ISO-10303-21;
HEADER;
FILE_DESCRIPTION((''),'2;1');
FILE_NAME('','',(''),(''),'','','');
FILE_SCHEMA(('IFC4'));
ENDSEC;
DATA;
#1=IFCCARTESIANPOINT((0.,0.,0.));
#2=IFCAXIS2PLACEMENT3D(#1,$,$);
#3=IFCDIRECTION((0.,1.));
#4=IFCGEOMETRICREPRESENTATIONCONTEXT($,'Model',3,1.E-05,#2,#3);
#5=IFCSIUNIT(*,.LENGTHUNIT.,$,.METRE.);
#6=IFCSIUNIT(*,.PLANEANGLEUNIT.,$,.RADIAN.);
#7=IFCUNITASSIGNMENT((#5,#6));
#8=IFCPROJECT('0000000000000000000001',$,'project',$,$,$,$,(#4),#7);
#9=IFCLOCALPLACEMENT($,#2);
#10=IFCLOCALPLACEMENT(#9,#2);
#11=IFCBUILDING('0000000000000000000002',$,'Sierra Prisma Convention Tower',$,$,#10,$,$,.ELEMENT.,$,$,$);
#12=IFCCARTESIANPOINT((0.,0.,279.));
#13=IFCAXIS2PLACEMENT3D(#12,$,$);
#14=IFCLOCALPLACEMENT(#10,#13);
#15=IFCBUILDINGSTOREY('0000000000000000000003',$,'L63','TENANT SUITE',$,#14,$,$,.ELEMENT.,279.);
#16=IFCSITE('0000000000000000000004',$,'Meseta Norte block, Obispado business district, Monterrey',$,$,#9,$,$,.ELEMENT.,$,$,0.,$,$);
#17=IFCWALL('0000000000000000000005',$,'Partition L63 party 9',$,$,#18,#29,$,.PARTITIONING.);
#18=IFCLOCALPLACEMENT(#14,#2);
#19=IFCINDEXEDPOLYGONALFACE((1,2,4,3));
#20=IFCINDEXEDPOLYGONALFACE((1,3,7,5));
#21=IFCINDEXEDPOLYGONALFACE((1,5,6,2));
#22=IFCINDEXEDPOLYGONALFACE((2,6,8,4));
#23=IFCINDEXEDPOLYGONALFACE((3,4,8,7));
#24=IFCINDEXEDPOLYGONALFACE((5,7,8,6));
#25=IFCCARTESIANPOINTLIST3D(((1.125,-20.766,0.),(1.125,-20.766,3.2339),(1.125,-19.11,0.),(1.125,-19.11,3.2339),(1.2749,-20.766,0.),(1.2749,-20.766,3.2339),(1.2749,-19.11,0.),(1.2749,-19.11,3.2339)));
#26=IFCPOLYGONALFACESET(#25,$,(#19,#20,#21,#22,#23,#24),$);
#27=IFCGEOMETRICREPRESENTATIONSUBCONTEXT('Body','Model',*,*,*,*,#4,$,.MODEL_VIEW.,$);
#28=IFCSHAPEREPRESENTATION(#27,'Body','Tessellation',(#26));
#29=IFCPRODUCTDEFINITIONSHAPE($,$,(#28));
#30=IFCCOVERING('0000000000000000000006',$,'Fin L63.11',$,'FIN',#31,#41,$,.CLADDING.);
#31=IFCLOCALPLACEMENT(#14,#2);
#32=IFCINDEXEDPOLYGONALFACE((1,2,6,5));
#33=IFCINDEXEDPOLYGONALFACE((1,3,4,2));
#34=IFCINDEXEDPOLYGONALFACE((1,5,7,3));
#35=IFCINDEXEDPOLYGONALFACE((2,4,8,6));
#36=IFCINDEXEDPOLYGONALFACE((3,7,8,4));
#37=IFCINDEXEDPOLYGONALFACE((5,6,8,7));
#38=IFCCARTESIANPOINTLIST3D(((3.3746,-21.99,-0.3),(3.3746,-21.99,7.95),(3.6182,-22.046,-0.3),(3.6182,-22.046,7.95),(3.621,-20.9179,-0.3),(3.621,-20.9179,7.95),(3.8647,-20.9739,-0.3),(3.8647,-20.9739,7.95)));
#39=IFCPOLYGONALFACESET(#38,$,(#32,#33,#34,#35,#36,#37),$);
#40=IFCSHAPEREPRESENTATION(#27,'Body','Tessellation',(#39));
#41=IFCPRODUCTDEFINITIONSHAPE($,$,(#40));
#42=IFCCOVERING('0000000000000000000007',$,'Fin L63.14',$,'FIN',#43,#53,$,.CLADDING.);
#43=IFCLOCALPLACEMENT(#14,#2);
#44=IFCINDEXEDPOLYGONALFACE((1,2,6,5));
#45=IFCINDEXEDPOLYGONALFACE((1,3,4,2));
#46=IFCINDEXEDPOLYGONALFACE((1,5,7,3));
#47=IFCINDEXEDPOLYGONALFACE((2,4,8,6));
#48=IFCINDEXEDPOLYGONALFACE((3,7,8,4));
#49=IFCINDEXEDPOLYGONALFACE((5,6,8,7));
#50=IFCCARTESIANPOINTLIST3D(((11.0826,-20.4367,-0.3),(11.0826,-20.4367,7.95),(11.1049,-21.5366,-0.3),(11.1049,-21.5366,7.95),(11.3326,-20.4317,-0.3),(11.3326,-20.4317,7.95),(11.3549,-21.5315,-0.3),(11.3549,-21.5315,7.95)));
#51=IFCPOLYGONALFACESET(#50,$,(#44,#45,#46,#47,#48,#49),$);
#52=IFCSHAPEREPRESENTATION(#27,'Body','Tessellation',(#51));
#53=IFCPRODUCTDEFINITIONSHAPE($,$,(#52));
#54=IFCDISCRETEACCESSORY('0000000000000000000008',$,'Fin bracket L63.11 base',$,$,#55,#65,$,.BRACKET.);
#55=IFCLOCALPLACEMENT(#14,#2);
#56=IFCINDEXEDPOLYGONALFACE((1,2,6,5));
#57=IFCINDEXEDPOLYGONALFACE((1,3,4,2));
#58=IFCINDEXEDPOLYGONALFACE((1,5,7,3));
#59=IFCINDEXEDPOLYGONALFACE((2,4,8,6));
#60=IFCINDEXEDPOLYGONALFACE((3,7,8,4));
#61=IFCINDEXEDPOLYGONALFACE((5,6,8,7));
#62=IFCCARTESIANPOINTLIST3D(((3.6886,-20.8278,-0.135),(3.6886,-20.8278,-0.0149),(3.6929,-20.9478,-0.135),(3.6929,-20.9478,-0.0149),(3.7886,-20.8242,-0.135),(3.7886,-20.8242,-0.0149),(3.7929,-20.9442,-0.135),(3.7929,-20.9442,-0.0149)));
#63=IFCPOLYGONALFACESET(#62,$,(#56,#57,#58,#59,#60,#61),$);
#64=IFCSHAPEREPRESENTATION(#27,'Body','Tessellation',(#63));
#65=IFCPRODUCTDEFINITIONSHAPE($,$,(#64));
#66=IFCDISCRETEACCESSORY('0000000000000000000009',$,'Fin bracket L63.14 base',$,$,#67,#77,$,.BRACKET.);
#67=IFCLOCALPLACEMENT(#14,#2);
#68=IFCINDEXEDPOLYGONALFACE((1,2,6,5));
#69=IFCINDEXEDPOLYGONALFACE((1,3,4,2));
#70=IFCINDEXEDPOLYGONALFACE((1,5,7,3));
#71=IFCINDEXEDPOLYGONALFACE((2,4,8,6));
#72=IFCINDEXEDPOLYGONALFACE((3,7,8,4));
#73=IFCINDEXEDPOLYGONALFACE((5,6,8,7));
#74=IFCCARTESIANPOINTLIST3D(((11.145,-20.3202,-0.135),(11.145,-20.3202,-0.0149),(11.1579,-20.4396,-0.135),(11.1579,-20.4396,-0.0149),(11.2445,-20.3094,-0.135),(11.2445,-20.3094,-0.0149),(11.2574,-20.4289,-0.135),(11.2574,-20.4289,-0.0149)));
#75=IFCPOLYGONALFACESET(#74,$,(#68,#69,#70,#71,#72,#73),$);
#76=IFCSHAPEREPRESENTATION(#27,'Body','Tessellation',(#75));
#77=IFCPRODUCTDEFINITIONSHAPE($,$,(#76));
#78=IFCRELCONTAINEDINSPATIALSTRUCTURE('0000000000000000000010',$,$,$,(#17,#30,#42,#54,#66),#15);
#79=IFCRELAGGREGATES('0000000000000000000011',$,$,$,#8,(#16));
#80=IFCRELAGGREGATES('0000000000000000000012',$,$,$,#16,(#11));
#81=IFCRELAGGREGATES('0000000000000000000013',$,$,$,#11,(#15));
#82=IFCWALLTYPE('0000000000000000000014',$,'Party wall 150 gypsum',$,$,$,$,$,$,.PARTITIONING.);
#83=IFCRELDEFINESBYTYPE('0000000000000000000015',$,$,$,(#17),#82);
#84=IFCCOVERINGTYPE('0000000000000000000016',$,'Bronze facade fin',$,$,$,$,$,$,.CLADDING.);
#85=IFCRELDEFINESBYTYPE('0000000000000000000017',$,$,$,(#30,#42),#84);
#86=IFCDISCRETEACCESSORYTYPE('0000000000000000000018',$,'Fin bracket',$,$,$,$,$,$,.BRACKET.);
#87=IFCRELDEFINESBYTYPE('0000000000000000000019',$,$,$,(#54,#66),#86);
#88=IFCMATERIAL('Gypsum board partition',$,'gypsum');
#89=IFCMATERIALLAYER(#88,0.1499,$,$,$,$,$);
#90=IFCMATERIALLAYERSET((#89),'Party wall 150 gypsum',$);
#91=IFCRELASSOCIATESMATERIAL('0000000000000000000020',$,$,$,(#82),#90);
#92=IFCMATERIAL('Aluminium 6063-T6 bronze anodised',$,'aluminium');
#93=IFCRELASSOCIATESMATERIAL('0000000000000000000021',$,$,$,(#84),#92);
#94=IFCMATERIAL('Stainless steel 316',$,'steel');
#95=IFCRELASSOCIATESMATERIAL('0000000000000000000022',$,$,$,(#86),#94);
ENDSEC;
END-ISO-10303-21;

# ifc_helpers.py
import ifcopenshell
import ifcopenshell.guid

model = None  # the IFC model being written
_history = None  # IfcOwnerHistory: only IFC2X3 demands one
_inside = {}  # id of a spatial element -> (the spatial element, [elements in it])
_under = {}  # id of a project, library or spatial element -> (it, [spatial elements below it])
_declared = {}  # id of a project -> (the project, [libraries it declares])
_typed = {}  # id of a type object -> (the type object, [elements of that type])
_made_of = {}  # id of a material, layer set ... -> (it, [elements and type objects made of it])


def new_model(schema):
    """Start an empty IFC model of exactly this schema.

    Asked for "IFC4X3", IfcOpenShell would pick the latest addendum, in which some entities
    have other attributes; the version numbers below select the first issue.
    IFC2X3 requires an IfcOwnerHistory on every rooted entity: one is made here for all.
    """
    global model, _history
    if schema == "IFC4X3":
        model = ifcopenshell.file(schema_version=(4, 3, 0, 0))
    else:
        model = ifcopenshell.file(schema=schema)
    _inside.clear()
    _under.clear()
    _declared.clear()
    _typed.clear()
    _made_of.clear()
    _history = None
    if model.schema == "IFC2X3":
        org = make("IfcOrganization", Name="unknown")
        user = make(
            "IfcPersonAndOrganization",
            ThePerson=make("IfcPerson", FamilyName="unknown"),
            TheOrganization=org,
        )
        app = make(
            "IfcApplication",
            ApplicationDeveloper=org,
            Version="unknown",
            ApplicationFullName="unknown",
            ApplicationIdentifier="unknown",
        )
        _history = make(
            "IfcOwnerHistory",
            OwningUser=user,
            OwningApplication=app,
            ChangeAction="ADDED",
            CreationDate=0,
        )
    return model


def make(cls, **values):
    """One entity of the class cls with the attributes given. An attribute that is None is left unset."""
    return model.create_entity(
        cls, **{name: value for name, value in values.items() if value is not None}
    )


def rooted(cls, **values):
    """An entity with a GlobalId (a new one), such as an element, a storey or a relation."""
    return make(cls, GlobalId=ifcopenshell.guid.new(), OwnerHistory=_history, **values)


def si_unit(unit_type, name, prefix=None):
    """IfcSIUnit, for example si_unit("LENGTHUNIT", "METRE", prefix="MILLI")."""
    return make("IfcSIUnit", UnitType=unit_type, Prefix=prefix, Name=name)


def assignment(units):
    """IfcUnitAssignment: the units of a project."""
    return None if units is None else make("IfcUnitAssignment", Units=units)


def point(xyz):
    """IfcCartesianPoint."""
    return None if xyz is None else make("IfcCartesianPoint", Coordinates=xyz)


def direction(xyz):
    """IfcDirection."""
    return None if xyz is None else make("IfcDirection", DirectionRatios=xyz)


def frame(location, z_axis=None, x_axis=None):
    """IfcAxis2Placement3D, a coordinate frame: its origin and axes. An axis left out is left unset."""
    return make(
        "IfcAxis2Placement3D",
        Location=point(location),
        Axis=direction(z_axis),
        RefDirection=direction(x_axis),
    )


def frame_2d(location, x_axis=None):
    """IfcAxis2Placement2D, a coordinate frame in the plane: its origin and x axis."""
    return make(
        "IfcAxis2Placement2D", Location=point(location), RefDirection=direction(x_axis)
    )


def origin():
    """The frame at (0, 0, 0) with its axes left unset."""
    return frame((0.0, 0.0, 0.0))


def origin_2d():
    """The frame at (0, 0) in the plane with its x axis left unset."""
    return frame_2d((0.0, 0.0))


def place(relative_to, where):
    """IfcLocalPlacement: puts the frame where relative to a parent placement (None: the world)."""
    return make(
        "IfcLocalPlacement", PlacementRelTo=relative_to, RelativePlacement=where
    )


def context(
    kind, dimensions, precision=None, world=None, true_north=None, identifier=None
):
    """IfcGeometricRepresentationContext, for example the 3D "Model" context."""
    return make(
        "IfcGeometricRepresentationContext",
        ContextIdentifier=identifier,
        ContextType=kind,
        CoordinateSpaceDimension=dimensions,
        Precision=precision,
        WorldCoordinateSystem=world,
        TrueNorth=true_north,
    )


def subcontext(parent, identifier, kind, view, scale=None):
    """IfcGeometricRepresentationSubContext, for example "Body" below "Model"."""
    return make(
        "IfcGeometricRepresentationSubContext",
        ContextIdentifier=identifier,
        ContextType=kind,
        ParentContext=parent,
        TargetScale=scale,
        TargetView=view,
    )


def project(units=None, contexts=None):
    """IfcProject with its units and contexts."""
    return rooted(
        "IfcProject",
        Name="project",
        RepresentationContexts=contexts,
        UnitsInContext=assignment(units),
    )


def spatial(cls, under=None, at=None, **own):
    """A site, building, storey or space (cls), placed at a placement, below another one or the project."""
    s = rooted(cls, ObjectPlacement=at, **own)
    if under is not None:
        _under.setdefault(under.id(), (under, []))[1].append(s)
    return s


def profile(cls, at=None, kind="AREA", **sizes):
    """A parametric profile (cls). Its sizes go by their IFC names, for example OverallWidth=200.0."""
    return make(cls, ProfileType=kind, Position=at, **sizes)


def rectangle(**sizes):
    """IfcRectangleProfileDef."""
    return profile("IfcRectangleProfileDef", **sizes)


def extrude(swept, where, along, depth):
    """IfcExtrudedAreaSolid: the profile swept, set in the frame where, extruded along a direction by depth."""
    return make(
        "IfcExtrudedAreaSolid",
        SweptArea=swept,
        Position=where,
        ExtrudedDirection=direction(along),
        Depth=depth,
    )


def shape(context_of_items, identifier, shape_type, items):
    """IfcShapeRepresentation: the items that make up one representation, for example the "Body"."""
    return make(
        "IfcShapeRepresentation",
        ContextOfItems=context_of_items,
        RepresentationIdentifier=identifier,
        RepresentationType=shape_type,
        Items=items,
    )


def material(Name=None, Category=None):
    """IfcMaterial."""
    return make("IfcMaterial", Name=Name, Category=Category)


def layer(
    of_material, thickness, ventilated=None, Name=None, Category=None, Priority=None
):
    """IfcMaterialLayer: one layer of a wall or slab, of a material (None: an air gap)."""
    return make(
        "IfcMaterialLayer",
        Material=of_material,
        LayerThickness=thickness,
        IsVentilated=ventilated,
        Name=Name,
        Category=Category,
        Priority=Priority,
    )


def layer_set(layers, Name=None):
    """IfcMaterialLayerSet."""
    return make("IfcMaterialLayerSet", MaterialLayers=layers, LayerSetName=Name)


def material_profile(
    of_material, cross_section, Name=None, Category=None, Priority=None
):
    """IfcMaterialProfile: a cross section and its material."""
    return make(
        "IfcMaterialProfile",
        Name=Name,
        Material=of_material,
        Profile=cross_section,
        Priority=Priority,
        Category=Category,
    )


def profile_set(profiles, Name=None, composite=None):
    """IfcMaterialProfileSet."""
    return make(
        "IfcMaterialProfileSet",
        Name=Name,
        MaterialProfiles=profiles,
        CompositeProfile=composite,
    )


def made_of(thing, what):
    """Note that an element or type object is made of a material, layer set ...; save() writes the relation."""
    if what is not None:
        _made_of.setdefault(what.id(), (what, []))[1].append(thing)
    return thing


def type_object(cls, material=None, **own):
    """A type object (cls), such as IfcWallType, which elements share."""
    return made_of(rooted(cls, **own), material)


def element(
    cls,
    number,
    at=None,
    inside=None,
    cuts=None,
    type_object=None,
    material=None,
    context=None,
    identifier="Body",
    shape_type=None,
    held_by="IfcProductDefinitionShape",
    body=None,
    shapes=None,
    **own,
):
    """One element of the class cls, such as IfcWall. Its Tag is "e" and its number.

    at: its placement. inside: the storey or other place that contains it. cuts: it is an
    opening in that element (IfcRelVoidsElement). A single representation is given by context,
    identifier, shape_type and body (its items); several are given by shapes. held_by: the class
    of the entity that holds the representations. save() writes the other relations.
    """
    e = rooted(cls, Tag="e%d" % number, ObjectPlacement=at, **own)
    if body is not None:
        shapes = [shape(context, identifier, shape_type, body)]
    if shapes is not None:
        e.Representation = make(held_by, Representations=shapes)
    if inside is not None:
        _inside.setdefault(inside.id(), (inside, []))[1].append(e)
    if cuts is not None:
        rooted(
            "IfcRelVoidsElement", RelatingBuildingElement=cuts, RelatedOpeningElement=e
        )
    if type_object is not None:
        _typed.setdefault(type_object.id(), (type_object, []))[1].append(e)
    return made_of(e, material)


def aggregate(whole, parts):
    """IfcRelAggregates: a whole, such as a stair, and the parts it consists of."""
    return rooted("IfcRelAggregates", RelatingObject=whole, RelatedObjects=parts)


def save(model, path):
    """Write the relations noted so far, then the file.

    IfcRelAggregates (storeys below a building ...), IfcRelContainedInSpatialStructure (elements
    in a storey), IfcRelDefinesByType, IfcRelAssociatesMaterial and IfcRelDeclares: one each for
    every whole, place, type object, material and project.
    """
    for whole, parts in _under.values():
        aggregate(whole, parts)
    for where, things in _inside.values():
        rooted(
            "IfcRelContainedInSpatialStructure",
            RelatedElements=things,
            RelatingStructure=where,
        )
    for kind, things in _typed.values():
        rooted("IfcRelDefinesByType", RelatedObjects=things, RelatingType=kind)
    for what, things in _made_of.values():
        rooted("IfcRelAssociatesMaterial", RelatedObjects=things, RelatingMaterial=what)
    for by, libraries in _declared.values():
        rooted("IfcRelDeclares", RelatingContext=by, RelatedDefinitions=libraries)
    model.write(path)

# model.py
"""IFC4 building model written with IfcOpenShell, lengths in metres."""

from ifc_helpers import new_model, si_unit, direction, frame, frame_2d, origin, origin_2d, place, context, subcontext, project, spatial, rectangle, extrude, material, layer, layer_set, material_profile, profile_set, type_object, element, save


model = new_model("IFC4")

# Units and contexts
model_context = context("Model", 3, precision=1e-05, world=origin(), true_north=direction((0.0, 1.0)))
body_context = subcontext(model_context, "Body", "Model", "MODEL_VIEW")
ifc_project = project(units=[si_unit("LENGTHUNIT", "METRE"), si_unit("PLANEANGLEUNIT", "RADIAN")], contexts=[model_context])

# Site, building, storey
site_placement = place(None, origin())
site = spatial("IfcSite", under=ifc_project, at=site_placement, Name="Meseta Norte block, Obispado business district, Monterrey", CompositionType="ELEMENT", RefElevation=0.0)
building_placement = place(site_placement, origin())
building = spatial("IfcBuilding", under=site, at=building_placement, Name="Sierra Prisma Convention Tower", CompositionType="ELEMENT")
storey_placement = place(building_placement, frame((0.0, 0.0, 279.0)))
storey = spatial("IfcBuildingStorey", under=building, at=storey_placement, Name="L63", Description="TENANT SUITE", CompositionType="ELEMENT", Elevation=279.0)

# Wall
ifc_material_1 = material(Name="Gypsum board partition", Category="gypsum")
ifc_layer_1 = layer(ifc_material_1, 0.1499)
ifc_layer_set_1 = layer_set([ifc_layer_1], Name="Party wall 150 gypsum")
wall_type_1 = type_object("IfcWallType", Name="Party wall 150 gypsum", PredefinedType="PARTITIONING", material=ifc_layer_set_1)
wall_1_placement = place(storey_placement, frame((1.2, -19.1099, 0.0), z_axis=(0.0, 0.0, 1.0), x_axis=(0.0, -1.0, 0.0)))
element("IfcWall", 1, at=wall_1_placement, inside=storey, type_object=wall_type_1, Name="Partition L63 party 9", PredefinedType="PARTITIONING", context=body_context, shape_type="SweptSolid", body=[
    extrude(rectangle(XDim=1.656, YDim=0.1499, at=frame_2d((0.8281, 0.0))), origin(), (0.0, 0.0, 1.0), 3.2339),
])

# Coverings
ifc_material_2 = material(Name="Aluminium 6063-T6 bronze anodised", Category="aluminium")
ifc_material_profile_1 = material_profile(ifc_material_2, rectangle(XDim=1.1001, YDim=0.25, at=origin_2d()), Name="ALU FIN 1100x250")
ifc_profile_set_1 = profile_set([ifc_material_profile_1], Name="Aluminium 6063-T6 bronze anodised")
covering_type = type_object("IfcCoveringType", Name="Bronze facade fin", PredefinedType="CLADDING", material=ifc_profile_set_1)
for number, where, z_axis, x_axis, name in (
    (2, (3.6196, -21.4819, -0.3), (0.0, 0.0, 1.0), (-0.224039, -0.97458, 0.0), "Fin L63.11"),
    (3, (11.2188, -20.9841, -0.3), (0.0, 0.0, 1.0), (0.020259, -0.999795, 0.0), "Fin L63.14"),
):
    element("IfcCovering", number, at=place(storey_placement, frame(where, z_axis=z_axis, x_axis=x_axis)), inside=storey, type_object=covering_type, Name=name, ObjectType="FIN", PredefinedType="CLADDING", context=body_context, shape_type="SweptSolid", body=[
        extrude(rectangle(XDim=1.1001, YDim=0.25, at=origin_2d()), origin(), (0.0, 0.0, 1.0), 8.25),
    ])

# Discrete accessories
ifc_material_3 = material(Name="Stainless steel 316", Category="steel")
discrete_accessory_type = type_object("IfcDiscreteAccessoryType", Name="Fin bracket", PredefinedType="BRACKET", material=ifc_material_3)
for number, where, z_axis, x_axis, name in (
    (4, (3.7407, -20.886, -0.135), (0.0, 0.0, 1.0), (0.035835, -0.999358, 0.0), "Fin bracket L63.11 base"),
    (5, (11.2012, -20.3745, -0.135), (0.0, 0.0, 1.0), (0.10732, -0.994225, 0.0), "Fin bracket L63.14 base"),
):
    element("IfcDiscreteAccessory", number, at=place(storey_placement, frame(where, z_axis=z_axis, x_axis=x_axis)), inside=storey, type_object=discrete_accessory_type, Name=name, PredefinedType="BRACKET", context=body_context, shape_type="SweptSolid", body=[
        extrude(rectangle(XDim=0.1201, YDim=0.1001, at=origin_2d()), origin(), (0.0, 0.0, 1.0), 0.1201),
    ])

save(model, "model.ifc")
